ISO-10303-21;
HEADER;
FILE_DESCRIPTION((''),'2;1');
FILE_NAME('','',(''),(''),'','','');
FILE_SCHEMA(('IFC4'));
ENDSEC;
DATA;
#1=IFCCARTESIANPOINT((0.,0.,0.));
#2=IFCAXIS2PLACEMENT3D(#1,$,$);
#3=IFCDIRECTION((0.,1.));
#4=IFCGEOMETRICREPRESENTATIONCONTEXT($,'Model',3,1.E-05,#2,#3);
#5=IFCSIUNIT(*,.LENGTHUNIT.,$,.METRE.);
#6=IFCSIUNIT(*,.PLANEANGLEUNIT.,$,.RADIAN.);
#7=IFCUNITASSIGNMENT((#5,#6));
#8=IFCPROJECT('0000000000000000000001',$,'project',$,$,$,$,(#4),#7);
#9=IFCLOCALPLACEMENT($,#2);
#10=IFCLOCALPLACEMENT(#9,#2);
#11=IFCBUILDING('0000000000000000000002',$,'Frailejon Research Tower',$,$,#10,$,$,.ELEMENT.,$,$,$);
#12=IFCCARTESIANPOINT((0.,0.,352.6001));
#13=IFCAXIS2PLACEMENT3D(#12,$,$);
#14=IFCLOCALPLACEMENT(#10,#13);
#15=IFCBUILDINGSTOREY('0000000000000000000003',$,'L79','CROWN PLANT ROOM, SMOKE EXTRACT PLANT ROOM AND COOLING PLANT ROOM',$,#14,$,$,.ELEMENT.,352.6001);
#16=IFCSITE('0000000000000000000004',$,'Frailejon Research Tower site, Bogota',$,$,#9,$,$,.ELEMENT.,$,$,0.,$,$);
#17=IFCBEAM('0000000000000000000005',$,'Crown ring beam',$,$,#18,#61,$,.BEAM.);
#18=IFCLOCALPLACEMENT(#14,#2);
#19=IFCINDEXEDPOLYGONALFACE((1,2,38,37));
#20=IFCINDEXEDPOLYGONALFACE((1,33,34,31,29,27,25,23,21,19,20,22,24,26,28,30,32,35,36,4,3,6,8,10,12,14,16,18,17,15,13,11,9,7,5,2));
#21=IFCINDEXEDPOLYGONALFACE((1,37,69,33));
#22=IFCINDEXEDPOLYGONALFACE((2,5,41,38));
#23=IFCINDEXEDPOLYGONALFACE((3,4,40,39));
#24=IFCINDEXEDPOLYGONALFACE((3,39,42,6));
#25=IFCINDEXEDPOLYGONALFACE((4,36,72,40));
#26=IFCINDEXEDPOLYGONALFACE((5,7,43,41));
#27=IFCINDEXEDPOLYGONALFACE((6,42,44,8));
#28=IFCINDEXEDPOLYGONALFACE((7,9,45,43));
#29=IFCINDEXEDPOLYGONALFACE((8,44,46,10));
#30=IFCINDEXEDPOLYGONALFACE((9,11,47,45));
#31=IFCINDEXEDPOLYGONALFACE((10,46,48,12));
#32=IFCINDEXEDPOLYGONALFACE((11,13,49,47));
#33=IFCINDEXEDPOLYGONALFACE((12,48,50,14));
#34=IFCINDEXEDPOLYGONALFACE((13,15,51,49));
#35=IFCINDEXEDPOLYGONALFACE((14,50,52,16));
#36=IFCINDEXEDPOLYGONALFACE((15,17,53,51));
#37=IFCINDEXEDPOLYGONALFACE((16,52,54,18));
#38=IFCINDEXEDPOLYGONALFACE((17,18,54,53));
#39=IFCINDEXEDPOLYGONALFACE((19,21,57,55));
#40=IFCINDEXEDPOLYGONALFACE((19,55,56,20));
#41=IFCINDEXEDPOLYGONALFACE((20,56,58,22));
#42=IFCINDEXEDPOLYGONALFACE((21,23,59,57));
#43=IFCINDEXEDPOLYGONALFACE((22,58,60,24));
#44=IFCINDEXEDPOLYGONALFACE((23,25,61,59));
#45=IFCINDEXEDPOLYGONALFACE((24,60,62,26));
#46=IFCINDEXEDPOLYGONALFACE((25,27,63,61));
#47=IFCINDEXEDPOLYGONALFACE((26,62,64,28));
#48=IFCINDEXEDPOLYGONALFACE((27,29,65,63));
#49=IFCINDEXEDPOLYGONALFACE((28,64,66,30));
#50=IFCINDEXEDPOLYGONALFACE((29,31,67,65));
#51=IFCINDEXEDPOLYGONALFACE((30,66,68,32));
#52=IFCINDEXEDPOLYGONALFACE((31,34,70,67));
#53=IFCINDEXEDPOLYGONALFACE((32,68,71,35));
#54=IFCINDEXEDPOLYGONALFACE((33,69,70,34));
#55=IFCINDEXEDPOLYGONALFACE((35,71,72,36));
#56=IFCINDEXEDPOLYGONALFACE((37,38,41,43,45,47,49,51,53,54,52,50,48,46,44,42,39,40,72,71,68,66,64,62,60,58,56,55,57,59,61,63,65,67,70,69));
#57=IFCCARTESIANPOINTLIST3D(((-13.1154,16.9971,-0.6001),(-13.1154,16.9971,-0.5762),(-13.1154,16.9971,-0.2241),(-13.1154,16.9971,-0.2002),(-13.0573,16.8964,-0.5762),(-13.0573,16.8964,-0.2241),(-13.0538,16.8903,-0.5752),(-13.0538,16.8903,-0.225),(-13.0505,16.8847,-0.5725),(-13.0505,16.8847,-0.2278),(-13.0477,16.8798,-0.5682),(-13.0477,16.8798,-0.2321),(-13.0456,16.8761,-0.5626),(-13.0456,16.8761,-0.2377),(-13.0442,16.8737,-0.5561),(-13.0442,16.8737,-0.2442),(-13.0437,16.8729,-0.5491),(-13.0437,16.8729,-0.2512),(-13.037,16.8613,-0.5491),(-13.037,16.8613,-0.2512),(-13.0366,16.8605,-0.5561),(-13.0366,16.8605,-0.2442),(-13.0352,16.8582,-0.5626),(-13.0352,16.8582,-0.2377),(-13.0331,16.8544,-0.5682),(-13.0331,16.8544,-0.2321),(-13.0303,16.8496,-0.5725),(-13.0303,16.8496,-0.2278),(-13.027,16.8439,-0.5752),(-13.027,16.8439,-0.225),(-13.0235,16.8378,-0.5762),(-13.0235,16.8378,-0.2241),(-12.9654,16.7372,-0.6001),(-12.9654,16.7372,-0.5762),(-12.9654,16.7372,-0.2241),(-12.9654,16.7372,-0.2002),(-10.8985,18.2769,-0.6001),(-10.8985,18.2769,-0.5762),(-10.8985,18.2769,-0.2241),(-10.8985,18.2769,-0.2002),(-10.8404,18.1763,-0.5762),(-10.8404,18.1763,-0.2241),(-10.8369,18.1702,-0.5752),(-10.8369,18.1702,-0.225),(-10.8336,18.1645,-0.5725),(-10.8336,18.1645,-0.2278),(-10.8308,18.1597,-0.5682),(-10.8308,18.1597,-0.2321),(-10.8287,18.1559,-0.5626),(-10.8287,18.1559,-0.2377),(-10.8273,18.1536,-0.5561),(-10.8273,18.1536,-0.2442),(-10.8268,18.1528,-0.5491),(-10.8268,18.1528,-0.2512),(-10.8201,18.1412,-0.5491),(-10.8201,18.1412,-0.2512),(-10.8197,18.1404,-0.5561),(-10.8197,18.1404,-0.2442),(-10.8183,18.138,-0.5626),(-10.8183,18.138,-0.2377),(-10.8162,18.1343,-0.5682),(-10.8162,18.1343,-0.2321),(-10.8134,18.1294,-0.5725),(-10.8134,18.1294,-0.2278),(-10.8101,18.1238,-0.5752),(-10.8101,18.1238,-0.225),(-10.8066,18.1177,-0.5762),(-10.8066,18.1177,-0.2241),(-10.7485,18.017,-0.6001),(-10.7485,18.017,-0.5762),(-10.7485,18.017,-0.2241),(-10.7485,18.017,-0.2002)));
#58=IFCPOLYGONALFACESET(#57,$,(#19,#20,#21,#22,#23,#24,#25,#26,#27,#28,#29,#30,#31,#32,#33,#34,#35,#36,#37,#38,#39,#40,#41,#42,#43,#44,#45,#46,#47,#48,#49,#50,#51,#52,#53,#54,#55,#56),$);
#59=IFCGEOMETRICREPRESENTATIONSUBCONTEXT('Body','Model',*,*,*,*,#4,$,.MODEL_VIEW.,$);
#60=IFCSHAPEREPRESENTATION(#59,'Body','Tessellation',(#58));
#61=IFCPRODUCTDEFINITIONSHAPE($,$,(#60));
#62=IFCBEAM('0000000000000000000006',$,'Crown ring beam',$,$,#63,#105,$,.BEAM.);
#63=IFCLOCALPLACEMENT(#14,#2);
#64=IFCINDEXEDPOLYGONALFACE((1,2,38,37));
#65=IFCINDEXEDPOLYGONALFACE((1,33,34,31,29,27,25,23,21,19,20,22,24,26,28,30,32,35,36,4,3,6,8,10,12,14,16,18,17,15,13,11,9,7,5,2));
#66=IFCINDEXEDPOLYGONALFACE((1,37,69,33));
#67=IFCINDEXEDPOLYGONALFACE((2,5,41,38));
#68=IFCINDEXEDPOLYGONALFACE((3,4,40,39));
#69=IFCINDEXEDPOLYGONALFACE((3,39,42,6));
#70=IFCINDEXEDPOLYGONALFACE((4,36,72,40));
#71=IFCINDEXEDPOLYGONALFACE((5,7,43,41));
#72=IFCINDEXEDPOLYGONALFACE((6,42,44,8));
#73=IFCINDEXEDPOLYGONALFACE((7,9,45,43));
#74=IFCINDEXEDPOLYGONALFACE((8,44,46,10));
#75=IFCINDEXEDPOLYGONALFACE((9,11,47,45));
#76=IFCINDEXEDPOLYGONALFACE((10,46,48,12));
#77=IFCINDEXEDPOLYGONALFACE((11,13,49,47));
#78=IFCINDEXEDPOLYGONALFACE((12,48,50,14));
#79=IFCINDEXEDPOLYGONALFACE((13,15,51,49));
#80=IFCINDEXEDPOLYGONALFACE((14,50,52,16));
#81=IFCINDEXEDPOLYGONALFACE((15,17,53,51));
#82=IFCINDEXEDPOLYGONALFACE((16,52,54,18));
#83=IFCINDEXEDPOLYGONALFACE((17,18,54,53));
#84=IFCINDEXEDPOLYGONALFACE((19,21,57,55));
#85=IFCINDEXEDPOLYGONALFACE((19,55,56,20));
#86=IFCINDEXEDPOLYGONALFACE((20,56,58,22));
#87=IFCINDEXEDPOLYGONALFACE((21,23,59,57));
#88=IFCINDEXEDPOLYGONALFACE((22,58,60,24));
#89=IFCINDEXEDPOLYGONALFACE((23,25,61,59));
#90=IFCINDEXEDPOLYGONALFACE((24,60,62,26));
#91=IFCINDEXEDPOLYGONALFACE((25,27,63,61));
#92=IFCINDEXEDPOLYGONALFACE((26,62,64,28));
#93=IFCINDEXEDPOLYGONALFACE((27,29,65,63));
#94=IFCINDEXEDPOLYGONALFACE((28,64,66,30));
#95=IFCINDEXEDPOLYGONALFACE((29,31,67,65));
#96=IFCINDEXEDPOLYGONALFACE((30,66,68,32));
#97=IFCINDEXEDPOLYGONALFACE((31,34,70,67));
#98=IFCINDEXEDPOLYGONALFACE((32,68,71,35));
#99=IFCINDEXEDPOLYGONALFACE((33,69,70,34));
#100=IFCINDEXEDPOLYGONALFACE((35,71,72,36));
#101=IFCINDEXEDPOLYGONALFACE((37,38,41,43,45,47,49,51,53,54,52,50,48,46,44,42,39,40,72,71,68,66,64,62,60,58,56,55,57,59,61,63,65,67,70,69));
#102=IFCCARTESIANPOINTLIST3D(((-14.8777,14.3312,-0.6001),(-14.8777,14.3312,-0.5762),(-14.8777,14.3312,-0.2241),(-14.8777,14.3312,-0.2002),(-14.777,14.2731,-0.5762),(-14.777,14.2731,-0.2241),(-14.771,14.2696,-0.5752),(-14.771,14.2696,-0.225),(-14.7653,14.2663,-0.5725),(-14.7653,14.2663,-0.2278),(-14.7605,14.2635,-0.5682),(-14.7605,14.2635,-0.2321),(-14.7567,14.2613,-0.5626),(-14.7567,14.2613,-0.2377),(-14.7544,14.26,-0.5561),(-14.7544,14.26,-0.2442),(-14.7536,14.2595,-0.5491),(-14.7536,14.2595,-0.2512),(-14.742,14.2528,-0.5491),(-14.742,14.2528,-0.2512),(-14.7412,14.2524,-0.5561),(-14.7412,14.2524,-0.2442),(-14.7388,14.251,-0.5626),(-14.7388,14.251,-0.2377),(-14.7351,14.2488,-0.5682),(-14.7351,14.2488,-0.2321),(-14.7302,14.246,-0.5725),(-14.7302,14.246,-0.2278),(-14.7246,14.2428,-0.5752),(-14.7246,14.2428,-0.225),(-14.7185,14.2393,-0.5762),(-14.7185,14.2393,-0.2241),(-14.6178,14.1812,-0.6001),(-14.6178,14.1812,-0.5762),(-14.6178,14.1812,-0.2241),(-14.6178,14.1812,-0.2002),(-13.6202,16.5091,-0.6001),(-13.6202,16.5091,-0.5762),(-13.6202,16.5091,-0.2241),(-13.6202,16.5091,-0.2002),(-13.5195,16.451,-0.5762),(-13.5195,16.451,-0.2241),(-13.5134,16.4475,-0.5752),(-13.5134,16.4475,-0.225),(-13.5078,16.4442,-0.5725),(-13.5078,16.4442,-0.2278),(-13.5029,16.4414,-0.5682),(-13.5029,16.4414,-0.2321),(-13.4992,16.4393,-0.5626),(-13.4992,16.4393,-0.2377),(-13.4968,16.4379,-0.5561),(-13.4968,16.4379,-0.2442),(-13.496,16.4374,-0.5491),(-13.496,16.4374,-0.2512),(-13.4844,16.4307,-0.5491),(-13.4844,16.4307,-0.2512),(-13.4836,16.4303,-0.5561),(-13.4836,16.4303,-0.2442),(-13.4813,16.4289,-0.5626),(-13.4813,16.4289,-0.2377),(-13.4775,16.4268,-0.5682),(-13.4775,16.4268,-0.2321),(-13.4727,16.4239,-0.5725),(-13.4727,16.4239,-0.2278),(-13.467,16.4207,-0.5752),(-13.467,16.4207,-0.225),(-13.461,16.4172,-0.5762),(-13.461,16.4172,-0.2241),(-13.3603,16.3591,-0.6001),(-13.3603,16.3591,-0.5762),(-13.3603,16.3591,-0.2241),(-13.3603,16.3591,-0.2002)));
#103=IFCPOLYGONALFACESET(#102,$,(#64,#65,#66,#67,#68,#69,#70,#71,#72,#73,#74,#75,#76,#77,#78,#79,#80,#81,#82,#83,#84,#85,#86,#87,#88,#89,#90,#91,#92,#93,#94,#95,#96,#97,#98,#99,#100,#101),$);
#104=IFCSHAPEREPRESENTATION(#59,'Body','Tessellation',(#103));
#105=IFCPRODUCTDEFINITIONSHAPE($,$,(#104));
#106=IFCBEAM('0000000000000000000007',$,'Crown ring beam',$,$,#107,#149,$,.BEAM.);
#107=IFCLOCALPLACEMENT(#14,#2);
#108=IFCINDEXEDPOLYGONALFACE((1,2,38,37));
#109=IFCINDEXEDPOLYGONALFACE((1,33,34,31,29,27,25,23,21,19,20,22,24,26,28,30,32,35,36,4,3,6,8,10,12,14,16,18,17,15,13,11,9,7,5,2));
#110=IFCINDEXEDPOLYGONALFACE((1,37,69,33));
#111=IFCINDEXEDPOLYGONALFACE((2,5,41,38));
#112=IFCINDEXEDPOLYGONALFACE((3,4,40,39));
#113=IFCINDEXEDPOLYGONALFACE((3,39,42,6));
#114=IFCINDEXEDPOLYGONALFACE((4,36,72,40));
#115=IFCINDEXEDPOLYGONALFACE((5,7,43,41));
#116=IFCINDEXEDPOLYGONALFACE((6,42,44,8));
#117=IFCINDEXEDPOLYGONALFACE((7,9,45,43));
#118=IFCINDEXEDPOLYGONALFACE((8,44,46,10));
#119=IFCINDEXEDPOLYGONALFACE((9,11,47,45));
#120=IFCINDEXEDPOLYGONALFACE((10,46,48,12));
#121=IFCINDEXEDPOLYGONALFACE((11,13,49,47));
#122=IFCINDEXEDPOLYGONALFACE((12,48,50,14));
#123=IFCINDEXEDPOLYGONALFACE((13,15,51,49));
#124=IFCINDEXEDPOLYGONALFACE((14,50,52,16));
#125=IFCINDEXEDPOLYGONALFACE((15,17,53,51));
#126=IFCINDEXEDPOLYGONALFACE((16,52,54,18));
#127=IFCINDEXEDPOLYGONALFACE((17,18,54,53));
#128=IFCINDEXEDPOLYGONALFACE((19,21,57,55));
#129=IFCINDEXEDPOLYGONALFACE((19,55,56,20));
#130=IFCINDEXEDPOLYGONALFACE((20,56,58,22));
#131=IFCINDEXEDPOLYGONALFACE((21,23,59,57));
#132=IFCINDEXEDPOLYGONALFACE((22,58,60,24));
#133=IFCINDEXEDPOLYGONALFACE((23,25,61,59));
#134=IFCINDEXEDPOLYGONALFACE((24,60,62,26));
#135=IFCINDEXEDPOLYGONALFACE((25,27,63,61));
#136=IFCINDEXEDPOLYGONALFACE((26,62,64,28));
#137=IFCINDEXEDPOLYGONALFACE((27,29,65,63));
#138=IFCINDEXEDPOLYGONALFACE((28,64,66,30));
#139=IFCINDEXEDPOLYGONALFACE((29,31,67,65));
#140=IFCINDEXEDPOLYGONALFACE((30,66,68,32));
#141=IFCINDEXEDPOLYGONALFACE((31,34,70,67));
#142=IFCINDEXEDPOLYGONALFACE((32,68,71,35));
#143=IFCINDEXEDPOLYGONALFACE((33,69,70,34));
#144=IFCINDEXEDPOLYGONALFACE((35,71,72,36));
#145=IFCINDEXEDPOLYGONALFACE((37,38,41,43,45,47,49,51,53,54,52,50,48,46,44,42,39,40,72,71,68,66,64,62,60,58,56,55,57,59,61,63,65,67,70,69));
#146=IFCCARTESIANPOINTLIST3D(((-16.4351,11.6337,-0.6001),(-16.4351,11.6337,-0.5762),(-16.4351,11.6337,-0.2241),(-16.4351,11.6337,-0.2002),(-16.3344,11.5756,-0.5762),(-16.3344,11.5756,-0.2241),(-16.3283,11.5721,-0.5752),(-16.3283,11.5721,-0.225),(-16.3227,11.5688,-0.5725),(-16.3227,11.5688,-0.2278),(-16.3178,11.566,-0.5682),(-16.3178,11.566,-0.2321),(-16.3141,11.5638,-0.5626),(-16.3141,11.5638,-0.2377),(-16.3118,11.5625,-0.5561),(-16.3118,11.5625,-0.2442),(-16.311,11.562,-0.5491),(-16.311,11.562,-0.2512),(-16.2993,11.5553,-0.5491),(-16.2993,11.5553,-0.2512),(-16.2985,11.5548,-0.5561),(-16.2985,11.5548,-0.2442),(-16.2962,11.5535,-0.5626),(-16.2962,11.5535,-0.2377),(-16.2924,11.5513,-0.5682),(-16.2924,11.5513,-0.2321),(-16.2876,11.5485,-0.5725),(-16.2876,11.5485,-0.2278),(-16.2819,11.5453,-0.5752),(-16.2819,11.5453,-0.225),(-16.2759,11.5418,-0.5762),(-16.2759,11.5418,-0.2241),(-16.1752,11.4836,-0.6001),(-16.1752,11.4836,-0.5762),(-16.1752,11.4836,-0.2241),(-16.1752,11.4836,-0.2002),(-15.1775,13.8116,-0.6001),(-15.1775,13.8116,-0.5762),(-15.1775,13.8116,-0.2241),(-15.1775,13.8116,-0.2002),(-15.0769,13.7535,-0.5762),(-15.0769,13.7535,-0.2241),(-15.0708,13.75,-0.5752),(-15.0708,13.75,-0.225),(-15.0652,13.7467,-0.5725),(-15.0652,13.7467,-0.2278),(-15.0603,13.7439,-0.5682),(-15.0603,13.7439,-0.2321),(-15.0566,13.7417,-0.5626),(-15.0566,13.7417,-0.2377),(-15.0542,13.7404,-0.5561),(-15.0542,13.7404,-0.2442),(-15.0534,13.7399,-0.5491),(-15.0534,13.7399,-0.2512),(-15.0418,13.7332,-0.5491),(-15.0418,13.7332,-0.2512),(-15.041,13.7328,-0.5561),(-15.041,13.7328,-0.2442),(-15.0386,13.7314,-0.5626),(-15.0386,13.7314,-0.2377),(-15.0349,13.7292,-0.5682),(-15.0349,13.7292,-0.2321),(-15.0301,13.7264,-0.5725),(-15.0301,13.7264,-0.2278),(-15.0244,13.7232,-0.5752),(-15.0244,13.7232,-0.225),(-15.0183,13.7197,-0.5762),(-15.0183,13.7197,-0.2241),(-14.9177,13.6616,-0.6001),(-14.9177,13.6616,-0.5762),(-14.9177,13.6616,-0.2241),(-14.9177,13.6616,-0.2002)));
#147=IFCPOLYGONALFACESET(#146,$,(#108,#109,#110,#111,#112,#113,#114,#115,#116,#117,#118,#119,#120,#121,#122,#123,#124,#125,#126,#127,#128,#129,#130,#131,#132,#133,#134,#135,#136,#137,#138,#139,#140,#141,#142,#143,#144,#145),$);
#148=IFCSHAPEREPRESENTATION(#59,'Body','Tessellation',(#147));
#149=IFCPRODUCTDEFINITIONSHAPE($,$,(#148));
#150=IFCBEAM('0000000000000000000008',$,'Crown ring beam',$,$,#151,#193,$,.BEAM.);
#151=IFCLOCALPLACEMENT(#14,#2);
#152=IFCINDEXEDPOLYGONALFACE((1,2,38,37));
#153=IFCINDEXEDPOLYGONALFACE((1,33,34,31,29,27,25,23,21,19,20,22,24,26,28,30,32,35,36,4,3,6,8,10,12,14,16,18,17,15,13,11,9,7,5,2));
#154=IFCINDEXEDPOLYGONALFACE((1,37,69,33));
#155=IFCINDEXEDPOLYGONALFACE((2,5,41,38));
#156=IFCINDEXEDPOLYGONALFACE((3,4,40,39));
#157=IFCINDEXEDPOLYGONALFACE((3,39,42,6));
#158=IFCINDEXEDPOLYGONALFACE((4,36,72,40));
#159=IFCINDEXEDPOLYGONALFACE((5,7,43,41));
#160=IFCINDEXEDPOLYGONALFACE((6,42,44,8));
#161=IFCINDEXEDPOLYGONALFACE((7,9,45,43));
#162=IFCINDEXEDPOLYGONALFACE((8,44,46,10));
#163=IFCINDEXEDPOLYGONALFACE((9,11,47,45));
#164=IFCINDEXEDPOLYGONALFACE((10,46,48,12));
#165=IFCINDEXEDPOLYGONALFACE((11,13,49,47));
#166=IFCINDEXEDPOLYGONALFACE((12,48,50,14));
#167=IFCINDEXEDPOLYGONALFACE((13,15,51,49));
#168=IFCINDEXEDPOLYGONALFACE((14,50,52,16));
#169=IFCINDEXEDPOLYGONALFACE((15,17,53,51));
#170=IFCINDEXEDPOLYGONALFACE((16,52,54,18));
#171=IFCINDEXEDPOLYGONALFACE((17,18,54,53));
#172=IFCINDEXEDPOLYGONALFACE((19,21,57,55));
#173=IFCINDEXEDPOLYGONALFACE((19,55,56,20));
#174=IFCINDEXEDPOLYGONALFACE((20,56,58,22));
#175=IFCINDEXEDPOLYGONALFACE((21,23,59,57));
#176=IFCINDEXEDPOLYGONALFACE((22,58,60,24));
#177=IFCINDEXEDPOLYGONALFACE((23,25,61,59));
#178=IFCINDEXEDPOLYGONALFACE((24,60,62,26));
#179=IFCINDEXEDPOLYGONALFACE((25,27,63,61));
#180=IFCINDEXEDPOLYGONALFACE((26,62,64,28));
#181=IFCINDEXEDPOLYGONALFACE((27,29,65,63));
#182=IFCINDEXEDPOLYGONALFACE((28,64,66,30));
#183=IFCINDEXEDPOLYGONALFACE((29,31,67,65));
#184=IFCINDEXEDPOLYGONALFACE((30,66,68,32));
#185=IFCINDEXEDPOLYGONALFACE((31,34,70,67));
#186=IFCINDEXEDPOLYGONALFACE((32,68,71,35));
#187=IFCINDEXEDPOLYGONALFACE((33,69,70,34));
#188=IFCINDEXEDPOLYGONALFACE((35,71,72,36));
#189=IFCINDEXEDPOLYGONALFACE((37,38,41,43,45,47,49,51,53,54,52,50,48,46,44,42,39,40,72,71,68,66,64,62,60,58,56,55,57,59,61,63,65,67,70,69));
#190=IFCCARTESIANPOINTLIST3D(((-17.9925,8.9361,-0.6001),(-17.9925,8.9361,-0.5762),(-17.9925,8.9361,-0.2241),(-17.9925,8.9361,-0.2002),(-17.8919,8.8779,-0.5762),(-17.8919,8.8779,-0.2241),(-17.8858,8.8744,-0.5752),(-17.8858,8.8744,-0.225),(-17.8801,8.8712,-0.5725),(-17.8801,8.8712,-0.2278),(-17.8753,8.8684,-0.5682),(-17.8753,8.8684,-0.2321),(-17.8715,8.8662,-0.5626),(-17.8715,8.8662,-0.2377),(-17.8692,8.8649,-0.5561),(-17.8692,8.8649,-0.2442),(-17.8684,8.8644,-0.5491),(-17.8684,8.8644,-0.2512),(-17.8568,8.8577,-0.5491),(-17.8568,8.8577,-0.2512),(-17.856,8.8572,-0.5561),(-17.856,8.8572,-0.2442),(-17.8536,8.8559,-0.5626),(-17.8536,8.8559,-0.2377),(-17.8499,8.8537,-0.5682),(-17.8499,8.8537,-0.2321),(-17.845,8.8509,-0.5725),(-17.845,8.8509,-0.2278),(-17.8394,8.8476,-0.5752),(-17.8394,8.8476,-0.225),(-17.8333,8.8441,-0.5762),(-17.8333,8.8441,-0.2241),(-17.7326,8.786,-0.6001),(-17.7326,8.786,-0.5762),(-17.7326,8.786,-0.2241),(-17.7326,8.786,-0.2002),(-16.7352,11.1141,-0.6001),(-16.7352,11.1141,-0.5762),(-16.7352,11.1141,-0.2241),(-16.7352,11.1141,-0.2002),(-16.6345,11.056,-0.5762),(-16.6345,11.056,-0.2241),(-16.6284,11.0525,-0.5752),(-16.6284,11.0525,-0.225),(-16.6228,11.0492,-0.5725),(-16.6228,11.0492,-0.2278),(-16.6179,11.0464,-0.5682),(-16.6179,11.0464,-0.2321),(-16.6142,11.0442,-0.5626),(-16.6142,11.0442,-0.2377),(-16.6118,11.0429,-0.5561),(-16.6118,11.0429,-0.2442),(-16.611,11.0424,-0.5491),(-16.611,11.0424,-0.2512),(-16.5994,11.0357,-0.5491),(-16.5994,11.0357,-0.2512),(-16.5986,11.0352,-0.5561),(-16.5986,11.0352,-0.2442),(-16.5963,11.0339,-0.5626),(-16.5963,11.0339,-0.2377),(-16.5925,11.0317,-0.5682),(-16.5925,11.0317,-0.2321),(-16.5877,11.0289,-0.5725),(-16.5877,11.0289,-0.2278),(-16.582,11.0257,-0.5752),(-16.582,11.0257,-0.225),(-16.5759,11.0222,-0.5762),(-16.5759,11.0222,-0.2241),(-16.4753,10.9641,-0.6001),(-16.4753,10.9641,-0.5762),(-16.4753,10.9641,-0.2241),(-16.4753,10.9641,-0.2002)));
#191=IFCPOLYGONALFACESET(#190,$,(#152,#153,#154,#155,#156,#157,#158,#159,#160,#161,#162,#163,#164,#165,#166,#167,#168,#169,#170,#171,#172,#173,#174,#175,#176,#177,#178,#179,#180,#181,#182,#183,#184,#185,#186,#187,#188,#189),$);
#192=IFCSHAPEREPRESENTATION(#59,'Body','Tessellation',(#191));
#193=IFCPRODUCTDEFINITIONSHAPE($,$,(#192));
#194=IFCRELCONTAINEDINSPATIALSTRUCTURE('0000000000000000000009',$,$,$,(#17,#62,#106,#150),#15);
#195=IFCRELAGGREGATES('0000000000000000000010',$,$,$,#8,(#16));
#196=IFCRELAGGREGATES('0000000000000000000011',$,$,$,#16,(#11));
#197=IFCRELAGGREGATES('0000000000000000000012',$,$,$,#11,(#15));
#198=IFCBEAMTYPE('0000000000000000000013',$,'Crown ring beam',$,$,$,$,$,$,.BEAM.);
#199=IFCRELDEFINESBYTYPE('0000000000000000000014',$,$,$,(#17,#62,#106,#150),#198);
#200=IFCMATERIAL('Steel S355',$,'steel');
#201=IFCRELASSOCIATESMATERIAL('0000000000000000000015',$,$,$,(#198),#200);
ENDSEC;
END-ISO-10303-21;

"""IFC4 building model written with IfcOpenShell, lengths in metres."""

from ifc_helpers import new_model, si_unit, direction, frame, origin, origin_2d, place, context, subcontext, project, spatial, i_section, extrude, material, material_profile, profile_set, type_object, element, save


model = new_model("IFC4")

# Units and contexts
model_context = context("Model", 3, precision=1e-05, world=origin(), true_north=direction((0.0, 1.0)))
body_context = subcontext(model_context, "Body", "Model", "MODEL_VIEW")
ifc_project = project(units=[si_unit("LENGTHUNIT", "METRE"), si_unit("PLANEANGLEUNIT", "RADIAN")], contexts=[model_context])

# Site, building, storey
site_placement = place(None, origin())
site = spatial("IfcSite", under=ifc_project, at=site_placement, Name="Frailejon Research Tower site, Bogota", CompositionType="ELEMENT", RefElevation=0.0)
building_placement = place(site_placement, origin())
building = spatial("IfcBuilding", under=site, at=building_placement, Name="Frailejon Research Tower", CompositionType="ELEMENT")
storey_placement = place(building_placement, frame((0.0, 0.0, 352.6001)))
storey = spatial("IfcBuildingStorey", under=building, at=storey_placement, Name="L79", Description="CROWN PLANT ROOM, SMOKE EXTRACT PLANT ROOM AND COOLING PLANT ROOM", CompositionType="ELEMENT", Elevation=352.6001)

# Beams
ifc_material_1 = material(Name="Steel S355", Category="steel")
ifc_material_profile_1 = material_profile(ifc_material_1, i_section(OverallWidth=0.3, OverallDepth=0.3999, WebThickness=0.0134, FlangeThickness=0.0239, FilletRadius=0.0271, at=origin_2d()), Name="HE 400 B")
ifc_profile_set_1 = profile_set([ifc_material_profile_1], Name="Steel S355")
beam_type_1 = type_object("IfcBeamType", Name="Crown ring beam", PredefinedType="BEAM", material=ifc_profile_set_1)
beam_1_placement = place(storey_placement, frame((-10.8235, 18.147, -0.4001), z_axis=(-0.866039, -0.499976, 0.0), x_axis=(0.499976, -0.866039, 0.0)))
element("IfcBeam", 1, at=beam_1_placement, inside=storey, type_object=beam_type_1, Name="Crown ring beam", PredefinedType="BEAM", context=body_context, shape_type="SweptSolid", body=[
    extrude(i_section(OverallWidth=0.3, OverallDepth=0.3999, WebThickness=0.0134, FlangeThickness=0.0239, FilletRadius=0.0271, at=origin_2d()), origin(), (0.0, 0.0, 1.0), 2.5598),
])
for number, where, z_axis, x_axis, name in (
    (2, (-13.4902, 16.4341, -0.4001), (-0.500033, -0.866006, 0.0), (0.866006, -0.500033, 0.0), "Crown ring beam"),
    (3, (-15.0476, 13.7366, -0.4001), (-0.500033, -0.866006, 0.0), (0.866006, -0.500033, 0.0), "Crown ring beam"),
    (4, (-16.6052, 11.0391, -0.4001), (-0.499961, -0.866048, 0.0), (0.866048, -0.499961, 0.0), "Crown ring beam"),
):
    element("IfcBeam", number, at=place(storey_placement, frame(where, z_axis=z_axis, x_axis=x_axis)), inside=storey, type_object=beam_type_1, Name=name, PredefinedType="BEAM", context=body_context, shape_type="SweptSolid", body=[
        extrude(i_section(OverallWidth=0.3, OverallDepth=0.3999, WebThickness=0.0134, FlangeThickness=0.0239, FilletRadius=0.0271, at=origin_2d()), origin(), (0.0, 0.0, 1.0), 2.5149),
    ])

save(model, "model.ifc")
